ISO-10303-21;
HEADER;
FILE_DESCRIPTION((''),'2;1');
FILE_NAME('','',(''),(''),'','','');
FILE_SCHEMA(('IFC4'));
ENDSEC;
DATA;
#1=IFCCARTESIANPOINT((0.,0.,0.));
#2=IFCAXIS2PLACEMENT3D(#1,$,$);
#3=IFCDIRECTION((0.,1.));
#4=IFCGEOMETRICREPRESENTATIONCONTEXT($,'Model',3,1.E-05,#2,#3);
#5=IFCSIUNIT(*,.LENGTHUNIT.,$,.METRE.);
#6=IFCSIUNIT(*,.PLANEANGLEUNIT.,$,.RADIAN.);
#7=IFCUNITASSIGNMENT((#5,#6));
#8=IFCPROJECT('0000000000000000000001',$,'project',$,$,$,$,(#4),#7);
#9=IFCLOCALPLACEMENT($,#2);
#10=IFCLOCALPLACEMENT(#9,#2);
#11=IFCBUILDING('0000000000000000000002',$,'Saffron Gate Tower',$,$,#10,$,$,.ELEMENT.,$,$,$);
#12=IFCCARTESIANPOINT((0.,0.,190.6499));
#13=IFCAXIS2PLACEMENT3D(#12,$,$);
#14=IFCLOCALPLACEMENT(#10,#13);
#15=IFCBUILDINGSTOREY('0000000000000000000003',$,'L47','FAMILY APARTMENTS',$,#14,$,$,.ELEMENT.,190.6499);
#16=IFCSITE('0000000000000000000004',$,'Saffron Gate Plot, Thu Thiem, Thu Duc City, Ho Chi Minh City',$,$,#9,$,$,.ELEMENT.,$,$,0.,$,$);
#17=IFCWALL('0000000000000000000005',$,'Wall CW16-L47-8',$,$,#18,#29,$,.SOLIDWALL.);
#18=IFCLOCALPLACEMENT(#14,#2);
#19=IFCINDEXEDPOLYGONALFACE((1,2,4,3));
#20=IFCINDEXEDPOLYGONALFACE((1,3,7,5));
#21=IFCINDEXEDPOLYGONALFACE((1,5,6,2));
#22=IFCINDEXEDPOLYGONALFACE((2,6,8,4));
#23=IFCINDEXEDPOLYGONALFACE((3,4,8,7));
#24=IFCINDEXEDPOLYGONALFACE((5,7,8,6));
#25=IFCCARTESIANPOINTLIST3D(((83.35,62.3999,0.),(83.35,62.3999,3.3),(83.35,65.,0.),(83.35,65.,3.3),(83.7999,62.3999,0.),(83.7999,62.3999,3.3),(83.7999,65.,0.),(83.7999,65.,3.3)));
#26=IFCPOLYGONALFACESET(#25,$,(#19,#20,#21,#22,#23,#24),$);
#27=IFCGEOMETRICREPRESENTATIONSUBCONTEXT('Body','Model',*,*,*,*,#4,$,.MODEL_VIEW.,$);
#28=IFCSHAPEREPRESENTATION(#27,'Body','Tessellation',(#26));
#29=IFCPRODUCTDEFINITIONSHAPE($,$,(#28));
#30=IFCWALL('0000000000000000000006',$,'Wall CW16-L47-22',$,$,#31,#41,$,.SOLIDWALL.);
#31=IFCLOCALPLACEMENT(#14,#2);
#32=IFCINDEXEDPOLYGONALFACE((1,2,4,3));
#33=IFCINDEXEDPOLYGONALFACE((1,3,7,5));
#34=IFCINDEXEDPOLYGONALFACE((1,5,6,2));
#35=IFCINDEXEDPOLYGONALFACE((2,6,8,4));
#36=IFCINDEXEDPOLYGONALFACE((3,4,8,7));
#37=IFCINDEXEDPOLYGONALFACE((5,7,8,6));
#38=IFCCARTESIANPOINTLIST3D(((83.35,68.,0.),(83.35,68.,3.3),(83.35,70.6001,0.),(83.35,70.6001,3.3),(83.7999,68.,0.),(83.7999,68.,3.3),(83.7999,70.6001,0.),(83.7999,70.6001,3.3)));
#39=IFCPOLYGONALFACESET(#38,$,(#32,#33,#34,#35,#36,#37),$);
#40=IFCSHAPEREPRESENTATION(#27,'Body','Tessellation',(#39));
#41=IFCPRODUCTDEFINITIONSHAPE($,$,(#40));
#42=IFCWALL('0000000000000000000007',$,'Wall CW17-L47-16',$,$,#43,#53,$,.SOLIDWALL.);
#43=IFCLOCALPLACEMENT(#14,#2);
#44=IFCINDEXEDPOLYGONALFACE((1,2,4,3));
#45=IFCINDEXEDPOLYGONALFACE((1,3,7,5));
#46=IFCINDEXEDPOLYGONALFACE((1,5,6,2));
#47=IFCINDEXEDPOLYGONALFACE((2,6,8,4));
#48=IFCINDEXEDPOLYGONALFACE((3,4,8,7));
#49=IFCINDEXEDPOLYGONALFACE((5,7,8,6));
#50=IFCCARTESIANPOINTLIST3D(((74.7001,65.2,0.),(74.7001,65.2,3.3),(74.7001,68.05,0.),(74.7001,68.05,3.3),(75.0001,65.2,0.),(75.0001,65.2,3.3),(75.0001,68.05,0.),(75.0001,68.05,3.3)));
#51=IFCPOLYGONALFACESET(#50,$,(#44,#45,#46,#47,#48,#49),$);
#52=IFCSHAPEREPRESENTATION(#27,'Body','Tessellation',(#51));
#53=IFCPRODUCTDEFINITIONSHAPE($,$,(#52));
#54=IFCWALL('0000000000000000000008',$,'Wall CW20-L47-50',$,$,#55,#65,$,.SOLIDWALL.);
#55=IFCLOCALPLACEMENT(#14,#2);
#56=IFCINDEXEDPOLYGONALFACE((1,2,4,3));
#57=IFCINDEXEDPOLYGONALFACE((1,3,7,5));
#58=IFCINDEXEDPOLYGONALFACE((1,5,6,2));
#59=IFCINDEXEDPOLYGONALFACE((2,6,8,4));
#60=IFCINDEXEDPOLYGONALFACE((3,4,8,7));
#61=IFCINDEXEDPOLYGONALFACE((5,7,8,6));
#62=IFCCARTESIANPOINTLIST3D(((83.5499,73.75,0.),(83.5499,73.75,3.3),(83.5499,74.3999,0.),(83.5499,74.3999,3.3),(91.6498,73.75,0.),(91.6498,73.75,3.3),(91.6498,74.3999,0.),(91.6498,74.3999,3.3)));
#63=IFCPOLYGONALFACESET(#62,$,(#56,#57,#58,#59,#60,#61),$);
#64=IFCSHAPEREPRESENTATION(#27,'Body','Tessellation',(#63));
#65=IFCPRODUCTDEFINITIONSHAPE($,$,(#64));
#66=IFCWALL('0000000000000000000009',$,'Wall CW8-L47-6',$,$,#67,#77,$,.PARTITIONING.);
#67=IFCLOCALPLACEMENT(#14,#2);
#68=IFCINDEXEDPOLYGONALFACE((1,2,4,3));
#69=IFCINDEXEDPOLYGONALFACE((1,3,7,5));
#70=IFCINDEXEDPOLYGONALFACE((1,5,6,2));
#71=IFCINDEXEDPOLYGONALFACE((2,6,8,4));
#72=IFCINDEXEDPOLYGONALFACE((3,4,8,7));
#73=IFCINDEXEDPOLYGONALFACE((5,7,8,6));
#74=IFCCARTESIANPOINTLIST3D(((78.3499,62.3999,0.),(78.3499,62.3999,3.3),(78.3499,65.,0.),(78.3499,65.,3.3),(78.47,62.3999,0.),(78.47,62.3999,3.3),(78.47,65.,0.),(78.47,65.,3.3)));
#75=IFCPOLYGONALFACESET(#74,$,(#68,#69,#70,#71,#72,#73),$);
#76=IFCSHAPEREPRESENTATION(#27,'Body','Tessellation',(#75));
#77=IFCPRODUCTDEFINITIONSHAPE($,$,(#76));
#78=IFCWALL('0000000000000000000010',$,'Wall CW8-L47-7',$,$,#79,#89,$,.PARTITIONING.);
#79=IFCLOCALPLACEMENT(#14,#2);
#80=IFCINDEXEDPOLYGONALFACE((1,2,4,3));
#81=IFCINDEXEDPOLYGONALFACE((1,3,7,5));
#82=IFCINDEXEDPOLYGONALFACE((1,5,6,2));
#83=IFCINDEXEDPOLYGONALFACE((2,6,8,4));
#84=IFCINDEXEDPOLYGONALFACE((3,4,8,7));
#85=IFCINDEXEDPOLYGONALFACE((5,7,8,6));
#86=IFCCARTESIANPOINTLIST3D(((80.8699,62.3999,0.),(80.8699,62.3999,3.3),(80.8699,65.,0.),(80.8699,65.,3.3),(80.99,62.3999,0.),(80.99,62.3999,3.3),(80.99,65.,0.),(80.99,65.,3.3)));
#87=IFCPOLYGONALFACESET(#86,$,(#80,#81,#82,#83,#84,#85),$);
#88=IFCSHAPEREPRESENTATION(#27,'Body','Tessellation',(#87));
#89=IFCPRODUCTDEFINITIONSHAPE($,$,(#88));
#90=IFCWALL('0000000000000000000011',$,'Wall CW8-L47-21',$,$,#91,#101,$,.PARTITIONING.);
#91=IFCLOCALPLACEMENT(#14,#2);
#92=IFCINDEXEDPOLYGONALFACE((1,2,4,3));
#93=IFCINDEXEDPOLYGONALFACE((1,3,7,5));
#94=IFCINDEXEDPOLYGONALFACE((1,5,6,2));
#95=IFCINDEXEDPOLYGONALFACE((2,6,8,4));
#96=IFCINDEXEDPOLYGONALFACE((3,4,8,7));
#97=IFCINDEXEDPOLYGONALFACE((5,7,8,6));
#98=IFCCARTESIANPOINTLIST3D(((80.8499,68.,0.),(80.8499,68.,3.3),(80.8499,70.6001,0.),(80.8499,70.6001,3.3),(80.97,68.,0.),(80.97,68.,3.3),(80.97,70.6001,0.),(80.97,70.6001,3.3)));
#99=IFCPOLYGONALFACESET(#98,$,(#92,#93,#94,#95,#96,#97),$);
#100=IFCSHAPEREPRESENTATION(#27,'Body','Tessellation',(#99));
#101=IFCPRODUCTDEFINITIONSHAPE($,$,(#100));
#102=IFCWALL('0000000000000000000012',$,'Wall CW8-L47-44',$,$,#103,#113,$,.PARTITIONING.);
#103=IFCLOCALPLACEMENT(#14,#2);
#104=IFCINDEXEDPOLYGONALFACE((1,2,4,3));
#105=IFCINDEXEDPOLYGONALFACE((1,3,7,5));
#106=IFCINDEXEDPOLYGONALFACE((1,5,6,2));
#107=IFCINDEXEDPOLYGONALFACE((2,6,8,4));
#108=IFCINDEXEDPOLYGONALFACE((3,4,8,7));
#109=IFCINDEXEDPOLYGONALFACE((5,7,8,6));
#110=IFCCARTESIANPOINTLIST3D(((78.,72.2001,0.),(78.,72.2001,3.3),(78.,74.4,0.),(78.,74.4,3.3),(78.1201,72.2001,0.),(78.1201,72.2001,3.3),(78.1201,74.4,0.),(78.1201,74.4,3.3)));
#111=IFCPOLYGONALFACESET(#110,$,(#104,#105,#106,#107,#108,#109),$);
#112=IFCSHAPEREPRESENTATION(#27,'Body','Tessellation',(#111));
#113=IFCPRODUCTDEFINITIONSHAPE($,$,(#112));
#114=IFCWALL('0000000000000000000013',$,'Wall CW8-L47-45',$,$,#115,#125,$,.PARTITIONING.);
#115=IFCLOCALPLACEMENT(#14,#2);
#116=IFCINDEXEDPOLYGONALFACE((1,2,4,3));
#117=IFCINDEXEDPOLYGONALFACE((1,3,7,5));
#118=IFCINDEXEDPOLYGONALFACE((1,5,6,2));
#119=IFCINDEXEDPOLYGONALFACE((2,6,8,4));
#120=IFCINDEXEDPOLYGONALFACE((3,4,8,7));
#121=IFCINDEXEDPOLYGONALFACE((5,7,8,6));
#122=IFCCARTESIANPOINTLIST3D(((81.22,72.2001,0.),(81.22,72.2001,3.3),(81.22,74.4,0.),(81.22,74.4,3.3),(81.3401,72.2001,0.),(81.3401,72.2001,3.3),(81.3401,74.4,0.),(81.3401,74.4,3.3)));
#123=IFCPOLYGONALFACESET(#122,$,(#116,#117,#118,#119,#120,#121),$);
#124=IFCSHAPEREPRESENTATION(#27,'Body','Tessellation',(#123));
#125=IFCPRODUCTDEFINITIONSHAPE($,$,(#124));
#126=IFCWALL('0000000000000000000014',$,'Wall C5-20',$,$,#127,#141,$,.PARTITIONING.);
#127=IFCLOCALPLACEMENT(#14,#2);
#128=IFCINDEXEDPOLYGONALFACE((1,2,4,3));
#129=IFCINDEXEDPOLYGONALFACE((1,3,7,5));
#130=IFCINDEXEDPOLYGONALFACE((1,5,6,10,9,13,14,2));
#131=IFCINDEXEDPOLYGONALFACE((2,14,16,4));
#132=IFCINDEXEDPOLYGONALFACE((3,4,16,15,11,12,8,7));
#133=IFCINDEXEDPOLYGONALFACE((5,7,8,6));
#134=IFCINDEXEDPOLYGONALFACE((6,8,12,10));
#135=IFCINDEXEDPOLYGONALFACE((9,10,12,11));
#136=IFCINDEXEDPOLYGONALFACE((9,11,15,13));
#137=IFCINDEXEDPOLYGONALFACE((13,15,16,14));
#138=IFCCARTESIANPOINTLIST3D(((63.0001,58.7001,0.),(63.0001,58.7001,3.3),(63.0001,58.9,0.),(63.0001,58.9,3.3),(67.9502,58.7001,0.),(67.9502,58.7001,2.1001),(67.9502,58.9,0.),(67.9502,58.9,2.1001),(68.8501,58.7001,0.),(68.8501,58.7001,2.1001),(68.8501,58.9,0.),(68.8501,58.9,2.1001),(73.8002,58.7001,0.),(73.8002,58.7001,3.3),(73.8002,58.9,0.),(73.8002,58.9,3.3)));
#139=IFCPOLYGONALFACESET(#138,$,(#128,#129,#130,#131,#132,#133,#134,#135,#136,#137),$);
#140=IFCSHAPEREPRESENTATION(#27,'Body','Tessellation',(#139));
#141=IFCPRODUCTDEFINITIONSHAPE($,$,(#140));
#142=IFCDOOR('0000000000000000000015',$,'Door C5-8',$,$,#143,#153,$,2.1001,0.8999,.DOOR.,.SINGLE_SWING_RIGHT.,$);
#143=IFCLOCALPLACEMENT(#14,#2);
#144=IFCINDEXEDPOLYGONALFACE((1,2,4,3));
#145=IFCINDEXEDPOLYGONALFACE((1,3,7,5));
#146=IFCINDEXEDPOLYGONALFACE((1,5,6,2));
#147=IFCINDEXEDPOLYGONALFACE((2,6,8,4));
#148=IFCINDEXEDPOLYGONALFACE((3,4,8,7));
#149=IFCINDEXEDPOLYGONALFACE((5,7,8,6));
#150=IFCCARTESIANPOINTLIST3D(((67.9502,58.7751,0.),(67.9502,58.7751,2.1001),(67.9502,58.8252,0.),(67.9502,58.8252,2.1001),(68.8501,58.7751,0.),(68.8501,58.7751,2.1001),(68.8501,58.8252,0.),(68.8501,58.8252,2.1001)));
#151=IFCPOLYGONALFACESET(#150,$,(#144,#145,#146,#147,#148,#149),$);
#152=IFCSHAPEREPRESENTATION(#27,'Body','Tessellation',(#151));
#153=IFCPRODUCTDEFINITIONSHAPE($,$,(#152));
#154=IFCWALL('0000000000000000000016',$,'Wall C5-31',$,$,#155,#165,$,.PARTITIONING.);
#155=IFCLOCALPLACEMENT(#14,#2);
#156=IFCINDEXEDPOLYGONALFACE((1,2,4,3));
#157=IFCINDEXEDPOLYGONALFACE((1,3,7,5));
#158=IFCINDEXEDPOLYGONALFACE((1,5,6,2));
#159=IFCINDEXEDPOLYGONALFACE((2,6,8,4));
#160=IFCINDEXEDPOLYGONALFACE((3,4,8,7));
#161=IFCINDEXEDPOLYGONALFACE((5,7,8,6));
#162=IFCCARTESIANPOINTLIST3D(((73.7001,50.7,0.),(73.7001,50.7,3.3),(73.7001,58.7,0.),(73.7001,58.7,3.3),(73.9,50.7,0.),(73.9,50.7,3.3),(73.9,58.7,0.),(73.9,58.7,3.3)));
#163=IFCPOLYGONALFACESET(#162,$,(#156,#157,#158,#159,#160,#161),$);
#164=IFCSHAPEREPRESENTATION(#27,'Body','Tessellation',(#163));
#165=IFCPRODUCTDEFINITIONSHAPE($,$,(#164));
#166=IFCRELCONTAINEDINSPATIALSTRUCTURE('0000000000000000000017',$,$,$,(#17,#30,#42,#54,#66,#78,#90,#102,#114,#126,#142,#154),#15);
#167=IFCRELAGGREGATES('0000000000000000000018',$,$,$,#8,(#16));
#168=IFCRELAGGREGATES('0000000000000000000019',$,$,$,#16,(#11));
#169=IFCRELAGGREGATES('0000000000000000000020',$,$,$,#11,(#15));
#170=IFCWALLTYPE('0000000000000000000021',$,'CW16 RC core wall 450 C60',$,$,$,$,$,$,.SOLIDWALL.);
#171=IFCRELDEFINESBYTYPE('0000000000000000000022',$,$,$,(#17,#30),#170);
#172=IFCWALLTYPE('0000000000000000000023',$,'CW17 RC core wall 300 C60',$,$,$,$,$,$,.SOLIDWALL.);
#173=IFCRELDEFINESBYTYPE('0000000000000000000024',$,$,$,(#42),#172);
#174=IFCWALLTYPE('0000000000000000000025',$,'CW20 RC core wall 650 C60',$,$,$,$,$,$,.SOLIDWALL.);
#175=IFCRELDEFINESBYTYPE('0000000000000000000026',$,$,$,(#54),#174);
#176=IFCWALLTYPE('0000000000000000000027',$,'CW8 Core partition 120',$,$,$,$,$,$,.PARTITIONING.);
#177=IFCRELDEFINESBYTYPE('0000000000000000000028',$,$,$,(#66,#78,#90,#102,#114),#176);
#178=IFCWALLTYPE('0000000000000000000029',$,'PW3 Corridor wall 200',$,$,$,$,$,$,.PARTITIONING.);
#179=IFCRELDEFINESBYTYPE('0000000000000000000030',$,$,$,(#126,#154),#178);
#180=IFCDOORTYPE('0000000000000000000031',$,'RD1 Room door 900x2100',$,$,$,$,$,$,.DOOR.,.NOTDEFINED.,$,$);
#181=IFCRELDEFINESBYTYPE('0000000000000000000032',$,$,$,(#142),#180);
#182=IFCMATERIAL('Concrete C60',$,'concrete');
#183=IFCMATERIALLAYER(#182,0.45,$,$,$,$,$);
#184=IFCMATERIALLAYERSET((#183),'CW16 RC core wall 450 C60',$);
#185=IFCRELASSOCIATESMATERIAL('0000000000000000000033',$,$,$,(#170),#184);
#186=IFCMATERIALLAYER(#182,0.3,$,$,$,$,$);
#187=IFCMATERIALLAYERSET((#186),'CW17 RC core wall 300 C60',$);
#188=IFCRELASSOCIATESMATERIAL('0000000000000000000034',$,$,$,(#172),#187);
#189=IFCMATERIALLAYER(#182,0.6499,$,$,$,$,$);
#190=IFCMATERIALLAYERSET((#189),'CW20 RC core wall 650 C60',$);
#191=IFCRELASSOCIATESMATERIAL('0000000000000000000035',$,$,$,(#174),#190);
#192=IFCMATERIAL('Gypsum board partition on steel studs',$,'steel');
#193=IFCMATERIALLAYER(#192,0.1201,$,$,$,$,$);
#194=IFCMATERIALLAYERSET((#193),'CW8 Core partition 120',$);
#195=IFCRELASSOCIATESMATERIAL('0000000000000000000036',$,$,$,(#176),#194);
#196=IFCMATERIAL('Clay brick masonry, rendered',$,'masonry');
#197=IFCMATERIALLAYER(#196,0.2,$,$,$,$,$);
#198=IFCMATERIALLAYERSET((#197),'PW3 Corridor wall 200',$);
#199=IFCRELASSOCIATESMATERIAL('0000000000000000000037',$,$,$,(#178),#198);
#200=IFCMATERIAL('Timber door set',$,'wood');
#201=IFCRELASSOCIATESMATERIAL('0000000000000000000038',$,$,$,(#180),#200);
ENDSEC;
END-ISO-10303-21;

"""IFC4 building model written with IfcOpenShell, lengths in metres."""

from ifc_helpers import new_model, si_unit, direction, frame, frame_2d, origin, place, context, subcontext, project, spatial, rectangle, extrude, material, layer, layer_set, type_object, element, fill, save


model = new_model("IFC4")

# Units and contexts
model_context = context("Model", 3, precision=1e-05, world=origin(), true_north=direction((0.0, 1.0)))
body_context = subcontext(model_context, "Body", "Model", "MODEL_VIEW")
ifc_project = project(units=[si_unit("LENGTHUNIT", "METRE"), si_unit("PLANEANGLEUNIT", "RADIAN")], contexts=[model_context])

# Site, building, storey
site_placement = place(None, origin())
site = spatial("IfcSite", under=ifc_project, at=site_placement, Name="Saffron Gate Plot, Thu Thiem, Thu Duc City, Ho Chi Minh City", CompositionType="ELEMENT", RefElevation=0.0)
building_placement = place(site_placement, origin())
building = spatial("IfcBuilding", under=site, at=building_placement, Name="Saffron Gate Tower", CompositionType="ELEMENT")
storey_placement = place(building_placement, frame((0.0, 0.0, 190.6499)))
storey = spatial("IfcBuildingStorey", under=building, at=storey_placement, Name="L47", Description="FAMILY APARTMENTS", CompositionType="ELEMENT", Elevation=190.6499)

# Shared definitions
ifc_material_1 = material(Name="Concrete C60", Category="concrete")

# Walls
ifc_layer_1 = layer(ifc_material_1, 0.45)
ifc_layer_set_1 = layer_set([ifc_layer_1], Name="CW16 RC core wall 450 C60")
wall_type_1 = type_object("IfcWallType", Name="CW16 RC core wall 450 C60", PredefinedType="SOLIDWALL", material=ifc_layer_set_1)
for number, where, z_axis, x_axis, name in (
    (1, (83.575, 62.3999, 0.0), (0.0, 0.0, 1.0), (0.0, 1.0, 0.0), "Wall CW16-L47-8"),
    (2, (83.575, 68.0, 0.0), (0.0, 0.0, 1.0), (0.0, 1.0, 0.0), "Wall CW16-L47-22"),
):
    element("IfcWall", number, at=place(storey_placement, frame(where, z_axis=z_axis, x_axis=x_axis)), inside=storey, type_object=wall_type_1, Name=name, PredefinedType="SOLIDWALL", context=body_context, shape_type="SweptSolid", body=[
        extrude(rectangle(XDim=2.6001, YDim=0.45, at=frame_2d((1.3, 0.0))), origin(), (0.0, 0.0, 1.0), 3.3),
    ])
ifc_layer_2 = layer(ifc_material_1, 0.3)
ifc_layer_set_2 = layer_set([ifc_layer_2], Name="CW17 RC core wall 300 C60")
wall_type_2 = type_object("IfcWallType", Name="CW17 RC core wall 300 C60", PredefinedType="SOLIDWALL", material=ifc_layer_set_2)
wall_1_placement = place(storey_placement, frame((74.8501, 65.2, 0.0), z_axis=(0.0, 0.0, 1.0), x_axis=(0.0, 1.0, 0.0)))
element("IfcWall", 3, at=wall_1_placement, inside=storey, type_object=wall_type_2, Name="Wall CW17-L47-16", PredefinedType="SOLIDWALL", context=body_context, shape_type="SweptSolid", body=[
    extrude(rectangle(XDim=2.8501, YDim=0.3, at=frame_2d((1.425, 0.0))), origin(), (0.0, 0.0, 1.0), 3.3),
])
ifc_layer_3 = layer(ifc_material_1, 0.6499)
ifc_layer_set_3 = layer_set([ifc_layer_3], Name="CW20 RC core wall 650 C60")
wall_type_3 = type_object("IfcWallType", Name="CW20 RC core wall 650 C60", PredefinedType="SOLIDWALL", material=ifc_layer_set_3)
wall_2_placement = place(storey_placement, frame((83.55, 74.075, 0.0), z_axis=(0.0, 0.0, 1.0), x_axis=(1.0, 0.0, 0.0)))
element("IfcWall", 4, at=wall_2_placement, inside=storey, type_object=wall_type_3, Name="Wall CW20-L47-50", PredefinedType="SOLIDWALL", context=body_context, shape_type="SweptSolid", body=[
    extrude(rectangle(XDim=8.0999, YDim=0.6499, at=frame_2d((4.0498, 0.0))), origin(), (0.0, 0.0, 1.0), 3.3),
])
ifc_material_2 = material(Name="Gypsum board partition on steel studs", Category="steel")
ifc_layer_4 = layer(ifc_material_2, 0.1201)
ifc_layer_set_4 = layer_set([ifc_layer_4], Name="CW8 Core partition 120")
wall_type_4 = type_object("IfcWallType", Name="CW8 Core partition 120", PredefinedType="PARTITIONING", material=ifc_layer_set_4)
for number, where, z_axis, x_axis, name in (
    (5, (78.4099, 62.3999, 0.0), (0.0, 0.0, 1.0), (0.0, 1.0, 0.0), "Wall CW8-L47-6"),
    (6, (80.9299, 62.3999, 0.0), (0.0, 0.0, 1.0), (0.0, 1.0, 0.0), "Wall CW8-L47-7"),
    (7, (80.9099, 68.0, 0.0), (0.0, 0.0, 1.0), (0.0, 1.0, 0.0), "Wall CW8-L47-21"),
):
    element("IfcWall", number, at=place(storey_placement, frame(where, z_axis=z_axis, x_axis=x_axis)), inside=storey, type_object=wall_type_4, Name=name, PredefinedType="PARTITIONING", context=body_context, shape_type="SweptSolid", body=[
        extrude(rectangle(XDim=2.6001, YDim=0.1201, at=frame_2d((1.3, 0.0))), origin(), (0.0, 0.0, 1.0), 3.3),
    ])
for number, where, z_axis, x_axis, name in (
    (8, (78.0601, 72.2, 0.0), (0.0, 0.0, 1.0), (0.0, 1.0, 0.0), "Wall CW8-L47-44"),
    (9, (81.28, 72.2, 0.0), (0.0, 0.0, 1.0), (0.0, 1.0, 0.0), "Wall CW8-L47-45"),
):
    element("IfcWall", number, at=place(storey_placement, frame(where, z_axis=z_axis, x_axis=x_axis)), inside=storey, type_object=wall_type_4, Name=name, PredefinedType="PARTITIONING", context=body_context, shape_type="SweptSolid", body=[
        extrude(rectangle(XDim=2.2, YDim=0.1201, at=frame_2d((1.1001, 0.0))), origin(), (0.0, 0.0, 1.0), 3.3),
    ])

# Wall, opening, door
ifc_material_3 = material(Name="Clay brick masonry, rendered", Category="masonry")
ifc_layer_5 = layer(ifc_material_3, 0.2)
ifc_layer_set_5 = layer_set([ifc_layer_5], Name="PW3 Corridor wall 200")
wall_type_5 = type_object("IfcWallType", Name="PW3 Corridor wall 200", PredefinedType="PARTITIONING", material=ifc_layer_set_5)
wall_3_placement = place(storey_placement, frame((73.8, 58.8, 0.0), z_axis=(0.0, 0.0, 1.0), x_axis=(-1.0, 0.0, 0.0)))
wall_3 = element("IfcWall", 10, at=wall_3_placement, inside=storey, type_object=wall_type_5, Name="Wall C5-20", PredefinedType="PARTITIONING", context=body_context, shape_type="SweptSolid", body=[
    extrude(rectangle(XDim=10.8, YDim=0.2, at=frame_2d((5.3999, 0.0))), origin(), (0.0, 0.0, 1.0), 3.3),
])
opening_1_placement = place(wall_3_placement, frame((4.95, 0.0, 0.0)))
opening_1 = element("IfcOpeningElement", 11, at=opening_1_placement, cuts=wall_3, PredefinedType="OPENING", context=body_context, shape_type="SweptSolid", body=[
    extrude(rectangle(XDim=0.8999, YDim=2.1001, at=frame_2d((0.45, 1.05))), frame((0.0, 0.1099, 0.0), z_axis=(0.0, -1.0, 0.0), x_axis=(1.0, 0.0, 0.0)), (0.0, 0.0, 1.0), 0.22),
])
ifc_material_4 = material(Name="Timber door set", Category="wood")
door_type_1 = type_object("IfcDoorType", Name="RD1 Room door 900x2100", OperationType="NOTDEFINED", PredefinedType="DOOR", material=ifc_material_4)
door_1_placement = place(opening_1_placement, origin())
door_1 = element("IfcDoor", 12, at=door_1_placement, inside=storey, type_object=door_type_1, Name="Door C5-8", OperationType="SINGLE_SWING_RIGHT", OverallHeight=2.1001, OverallWidth=0.8999, PredefinedType="DOOR", context=body_context, shape_type="SweptSolid", body=[
    extrude(rectangle(XDim=0.8999, YDim=2.1001, at=frame_2d((0.45, 1.05))), frame((0.0, 0.0249, 0.0), z_axis=(0.0, -1.0, 0.0), x_axis=(1.0, 0.0, 0.0)), (0.0, 0.0, 1.0), 0.05),
])
fill(opening_1, door_1)

# Wall
wall_4_placement = place(storey_placement, frame((73.8, 58.7, 0.0), z_axis=(0.0, 0.0, 1.0), x_axis=(0.0, -1.0, 0.0)))
element("IfcWall", 13, at=wall_4_placement, inside=storey, type_object=wall_type_5, Name="Wall C5-31", PredefinedType="PARTITIONING", context=body_context, shape_type="SweptSolid", body=[
    extrude(rectangle(XDim=8.0, YDim=0.2, at=frame_2d((4.0, 0.0))), origin(), (0.0, 0.0, 1.0), 3.3),
])

save(model, "model.ifc")
